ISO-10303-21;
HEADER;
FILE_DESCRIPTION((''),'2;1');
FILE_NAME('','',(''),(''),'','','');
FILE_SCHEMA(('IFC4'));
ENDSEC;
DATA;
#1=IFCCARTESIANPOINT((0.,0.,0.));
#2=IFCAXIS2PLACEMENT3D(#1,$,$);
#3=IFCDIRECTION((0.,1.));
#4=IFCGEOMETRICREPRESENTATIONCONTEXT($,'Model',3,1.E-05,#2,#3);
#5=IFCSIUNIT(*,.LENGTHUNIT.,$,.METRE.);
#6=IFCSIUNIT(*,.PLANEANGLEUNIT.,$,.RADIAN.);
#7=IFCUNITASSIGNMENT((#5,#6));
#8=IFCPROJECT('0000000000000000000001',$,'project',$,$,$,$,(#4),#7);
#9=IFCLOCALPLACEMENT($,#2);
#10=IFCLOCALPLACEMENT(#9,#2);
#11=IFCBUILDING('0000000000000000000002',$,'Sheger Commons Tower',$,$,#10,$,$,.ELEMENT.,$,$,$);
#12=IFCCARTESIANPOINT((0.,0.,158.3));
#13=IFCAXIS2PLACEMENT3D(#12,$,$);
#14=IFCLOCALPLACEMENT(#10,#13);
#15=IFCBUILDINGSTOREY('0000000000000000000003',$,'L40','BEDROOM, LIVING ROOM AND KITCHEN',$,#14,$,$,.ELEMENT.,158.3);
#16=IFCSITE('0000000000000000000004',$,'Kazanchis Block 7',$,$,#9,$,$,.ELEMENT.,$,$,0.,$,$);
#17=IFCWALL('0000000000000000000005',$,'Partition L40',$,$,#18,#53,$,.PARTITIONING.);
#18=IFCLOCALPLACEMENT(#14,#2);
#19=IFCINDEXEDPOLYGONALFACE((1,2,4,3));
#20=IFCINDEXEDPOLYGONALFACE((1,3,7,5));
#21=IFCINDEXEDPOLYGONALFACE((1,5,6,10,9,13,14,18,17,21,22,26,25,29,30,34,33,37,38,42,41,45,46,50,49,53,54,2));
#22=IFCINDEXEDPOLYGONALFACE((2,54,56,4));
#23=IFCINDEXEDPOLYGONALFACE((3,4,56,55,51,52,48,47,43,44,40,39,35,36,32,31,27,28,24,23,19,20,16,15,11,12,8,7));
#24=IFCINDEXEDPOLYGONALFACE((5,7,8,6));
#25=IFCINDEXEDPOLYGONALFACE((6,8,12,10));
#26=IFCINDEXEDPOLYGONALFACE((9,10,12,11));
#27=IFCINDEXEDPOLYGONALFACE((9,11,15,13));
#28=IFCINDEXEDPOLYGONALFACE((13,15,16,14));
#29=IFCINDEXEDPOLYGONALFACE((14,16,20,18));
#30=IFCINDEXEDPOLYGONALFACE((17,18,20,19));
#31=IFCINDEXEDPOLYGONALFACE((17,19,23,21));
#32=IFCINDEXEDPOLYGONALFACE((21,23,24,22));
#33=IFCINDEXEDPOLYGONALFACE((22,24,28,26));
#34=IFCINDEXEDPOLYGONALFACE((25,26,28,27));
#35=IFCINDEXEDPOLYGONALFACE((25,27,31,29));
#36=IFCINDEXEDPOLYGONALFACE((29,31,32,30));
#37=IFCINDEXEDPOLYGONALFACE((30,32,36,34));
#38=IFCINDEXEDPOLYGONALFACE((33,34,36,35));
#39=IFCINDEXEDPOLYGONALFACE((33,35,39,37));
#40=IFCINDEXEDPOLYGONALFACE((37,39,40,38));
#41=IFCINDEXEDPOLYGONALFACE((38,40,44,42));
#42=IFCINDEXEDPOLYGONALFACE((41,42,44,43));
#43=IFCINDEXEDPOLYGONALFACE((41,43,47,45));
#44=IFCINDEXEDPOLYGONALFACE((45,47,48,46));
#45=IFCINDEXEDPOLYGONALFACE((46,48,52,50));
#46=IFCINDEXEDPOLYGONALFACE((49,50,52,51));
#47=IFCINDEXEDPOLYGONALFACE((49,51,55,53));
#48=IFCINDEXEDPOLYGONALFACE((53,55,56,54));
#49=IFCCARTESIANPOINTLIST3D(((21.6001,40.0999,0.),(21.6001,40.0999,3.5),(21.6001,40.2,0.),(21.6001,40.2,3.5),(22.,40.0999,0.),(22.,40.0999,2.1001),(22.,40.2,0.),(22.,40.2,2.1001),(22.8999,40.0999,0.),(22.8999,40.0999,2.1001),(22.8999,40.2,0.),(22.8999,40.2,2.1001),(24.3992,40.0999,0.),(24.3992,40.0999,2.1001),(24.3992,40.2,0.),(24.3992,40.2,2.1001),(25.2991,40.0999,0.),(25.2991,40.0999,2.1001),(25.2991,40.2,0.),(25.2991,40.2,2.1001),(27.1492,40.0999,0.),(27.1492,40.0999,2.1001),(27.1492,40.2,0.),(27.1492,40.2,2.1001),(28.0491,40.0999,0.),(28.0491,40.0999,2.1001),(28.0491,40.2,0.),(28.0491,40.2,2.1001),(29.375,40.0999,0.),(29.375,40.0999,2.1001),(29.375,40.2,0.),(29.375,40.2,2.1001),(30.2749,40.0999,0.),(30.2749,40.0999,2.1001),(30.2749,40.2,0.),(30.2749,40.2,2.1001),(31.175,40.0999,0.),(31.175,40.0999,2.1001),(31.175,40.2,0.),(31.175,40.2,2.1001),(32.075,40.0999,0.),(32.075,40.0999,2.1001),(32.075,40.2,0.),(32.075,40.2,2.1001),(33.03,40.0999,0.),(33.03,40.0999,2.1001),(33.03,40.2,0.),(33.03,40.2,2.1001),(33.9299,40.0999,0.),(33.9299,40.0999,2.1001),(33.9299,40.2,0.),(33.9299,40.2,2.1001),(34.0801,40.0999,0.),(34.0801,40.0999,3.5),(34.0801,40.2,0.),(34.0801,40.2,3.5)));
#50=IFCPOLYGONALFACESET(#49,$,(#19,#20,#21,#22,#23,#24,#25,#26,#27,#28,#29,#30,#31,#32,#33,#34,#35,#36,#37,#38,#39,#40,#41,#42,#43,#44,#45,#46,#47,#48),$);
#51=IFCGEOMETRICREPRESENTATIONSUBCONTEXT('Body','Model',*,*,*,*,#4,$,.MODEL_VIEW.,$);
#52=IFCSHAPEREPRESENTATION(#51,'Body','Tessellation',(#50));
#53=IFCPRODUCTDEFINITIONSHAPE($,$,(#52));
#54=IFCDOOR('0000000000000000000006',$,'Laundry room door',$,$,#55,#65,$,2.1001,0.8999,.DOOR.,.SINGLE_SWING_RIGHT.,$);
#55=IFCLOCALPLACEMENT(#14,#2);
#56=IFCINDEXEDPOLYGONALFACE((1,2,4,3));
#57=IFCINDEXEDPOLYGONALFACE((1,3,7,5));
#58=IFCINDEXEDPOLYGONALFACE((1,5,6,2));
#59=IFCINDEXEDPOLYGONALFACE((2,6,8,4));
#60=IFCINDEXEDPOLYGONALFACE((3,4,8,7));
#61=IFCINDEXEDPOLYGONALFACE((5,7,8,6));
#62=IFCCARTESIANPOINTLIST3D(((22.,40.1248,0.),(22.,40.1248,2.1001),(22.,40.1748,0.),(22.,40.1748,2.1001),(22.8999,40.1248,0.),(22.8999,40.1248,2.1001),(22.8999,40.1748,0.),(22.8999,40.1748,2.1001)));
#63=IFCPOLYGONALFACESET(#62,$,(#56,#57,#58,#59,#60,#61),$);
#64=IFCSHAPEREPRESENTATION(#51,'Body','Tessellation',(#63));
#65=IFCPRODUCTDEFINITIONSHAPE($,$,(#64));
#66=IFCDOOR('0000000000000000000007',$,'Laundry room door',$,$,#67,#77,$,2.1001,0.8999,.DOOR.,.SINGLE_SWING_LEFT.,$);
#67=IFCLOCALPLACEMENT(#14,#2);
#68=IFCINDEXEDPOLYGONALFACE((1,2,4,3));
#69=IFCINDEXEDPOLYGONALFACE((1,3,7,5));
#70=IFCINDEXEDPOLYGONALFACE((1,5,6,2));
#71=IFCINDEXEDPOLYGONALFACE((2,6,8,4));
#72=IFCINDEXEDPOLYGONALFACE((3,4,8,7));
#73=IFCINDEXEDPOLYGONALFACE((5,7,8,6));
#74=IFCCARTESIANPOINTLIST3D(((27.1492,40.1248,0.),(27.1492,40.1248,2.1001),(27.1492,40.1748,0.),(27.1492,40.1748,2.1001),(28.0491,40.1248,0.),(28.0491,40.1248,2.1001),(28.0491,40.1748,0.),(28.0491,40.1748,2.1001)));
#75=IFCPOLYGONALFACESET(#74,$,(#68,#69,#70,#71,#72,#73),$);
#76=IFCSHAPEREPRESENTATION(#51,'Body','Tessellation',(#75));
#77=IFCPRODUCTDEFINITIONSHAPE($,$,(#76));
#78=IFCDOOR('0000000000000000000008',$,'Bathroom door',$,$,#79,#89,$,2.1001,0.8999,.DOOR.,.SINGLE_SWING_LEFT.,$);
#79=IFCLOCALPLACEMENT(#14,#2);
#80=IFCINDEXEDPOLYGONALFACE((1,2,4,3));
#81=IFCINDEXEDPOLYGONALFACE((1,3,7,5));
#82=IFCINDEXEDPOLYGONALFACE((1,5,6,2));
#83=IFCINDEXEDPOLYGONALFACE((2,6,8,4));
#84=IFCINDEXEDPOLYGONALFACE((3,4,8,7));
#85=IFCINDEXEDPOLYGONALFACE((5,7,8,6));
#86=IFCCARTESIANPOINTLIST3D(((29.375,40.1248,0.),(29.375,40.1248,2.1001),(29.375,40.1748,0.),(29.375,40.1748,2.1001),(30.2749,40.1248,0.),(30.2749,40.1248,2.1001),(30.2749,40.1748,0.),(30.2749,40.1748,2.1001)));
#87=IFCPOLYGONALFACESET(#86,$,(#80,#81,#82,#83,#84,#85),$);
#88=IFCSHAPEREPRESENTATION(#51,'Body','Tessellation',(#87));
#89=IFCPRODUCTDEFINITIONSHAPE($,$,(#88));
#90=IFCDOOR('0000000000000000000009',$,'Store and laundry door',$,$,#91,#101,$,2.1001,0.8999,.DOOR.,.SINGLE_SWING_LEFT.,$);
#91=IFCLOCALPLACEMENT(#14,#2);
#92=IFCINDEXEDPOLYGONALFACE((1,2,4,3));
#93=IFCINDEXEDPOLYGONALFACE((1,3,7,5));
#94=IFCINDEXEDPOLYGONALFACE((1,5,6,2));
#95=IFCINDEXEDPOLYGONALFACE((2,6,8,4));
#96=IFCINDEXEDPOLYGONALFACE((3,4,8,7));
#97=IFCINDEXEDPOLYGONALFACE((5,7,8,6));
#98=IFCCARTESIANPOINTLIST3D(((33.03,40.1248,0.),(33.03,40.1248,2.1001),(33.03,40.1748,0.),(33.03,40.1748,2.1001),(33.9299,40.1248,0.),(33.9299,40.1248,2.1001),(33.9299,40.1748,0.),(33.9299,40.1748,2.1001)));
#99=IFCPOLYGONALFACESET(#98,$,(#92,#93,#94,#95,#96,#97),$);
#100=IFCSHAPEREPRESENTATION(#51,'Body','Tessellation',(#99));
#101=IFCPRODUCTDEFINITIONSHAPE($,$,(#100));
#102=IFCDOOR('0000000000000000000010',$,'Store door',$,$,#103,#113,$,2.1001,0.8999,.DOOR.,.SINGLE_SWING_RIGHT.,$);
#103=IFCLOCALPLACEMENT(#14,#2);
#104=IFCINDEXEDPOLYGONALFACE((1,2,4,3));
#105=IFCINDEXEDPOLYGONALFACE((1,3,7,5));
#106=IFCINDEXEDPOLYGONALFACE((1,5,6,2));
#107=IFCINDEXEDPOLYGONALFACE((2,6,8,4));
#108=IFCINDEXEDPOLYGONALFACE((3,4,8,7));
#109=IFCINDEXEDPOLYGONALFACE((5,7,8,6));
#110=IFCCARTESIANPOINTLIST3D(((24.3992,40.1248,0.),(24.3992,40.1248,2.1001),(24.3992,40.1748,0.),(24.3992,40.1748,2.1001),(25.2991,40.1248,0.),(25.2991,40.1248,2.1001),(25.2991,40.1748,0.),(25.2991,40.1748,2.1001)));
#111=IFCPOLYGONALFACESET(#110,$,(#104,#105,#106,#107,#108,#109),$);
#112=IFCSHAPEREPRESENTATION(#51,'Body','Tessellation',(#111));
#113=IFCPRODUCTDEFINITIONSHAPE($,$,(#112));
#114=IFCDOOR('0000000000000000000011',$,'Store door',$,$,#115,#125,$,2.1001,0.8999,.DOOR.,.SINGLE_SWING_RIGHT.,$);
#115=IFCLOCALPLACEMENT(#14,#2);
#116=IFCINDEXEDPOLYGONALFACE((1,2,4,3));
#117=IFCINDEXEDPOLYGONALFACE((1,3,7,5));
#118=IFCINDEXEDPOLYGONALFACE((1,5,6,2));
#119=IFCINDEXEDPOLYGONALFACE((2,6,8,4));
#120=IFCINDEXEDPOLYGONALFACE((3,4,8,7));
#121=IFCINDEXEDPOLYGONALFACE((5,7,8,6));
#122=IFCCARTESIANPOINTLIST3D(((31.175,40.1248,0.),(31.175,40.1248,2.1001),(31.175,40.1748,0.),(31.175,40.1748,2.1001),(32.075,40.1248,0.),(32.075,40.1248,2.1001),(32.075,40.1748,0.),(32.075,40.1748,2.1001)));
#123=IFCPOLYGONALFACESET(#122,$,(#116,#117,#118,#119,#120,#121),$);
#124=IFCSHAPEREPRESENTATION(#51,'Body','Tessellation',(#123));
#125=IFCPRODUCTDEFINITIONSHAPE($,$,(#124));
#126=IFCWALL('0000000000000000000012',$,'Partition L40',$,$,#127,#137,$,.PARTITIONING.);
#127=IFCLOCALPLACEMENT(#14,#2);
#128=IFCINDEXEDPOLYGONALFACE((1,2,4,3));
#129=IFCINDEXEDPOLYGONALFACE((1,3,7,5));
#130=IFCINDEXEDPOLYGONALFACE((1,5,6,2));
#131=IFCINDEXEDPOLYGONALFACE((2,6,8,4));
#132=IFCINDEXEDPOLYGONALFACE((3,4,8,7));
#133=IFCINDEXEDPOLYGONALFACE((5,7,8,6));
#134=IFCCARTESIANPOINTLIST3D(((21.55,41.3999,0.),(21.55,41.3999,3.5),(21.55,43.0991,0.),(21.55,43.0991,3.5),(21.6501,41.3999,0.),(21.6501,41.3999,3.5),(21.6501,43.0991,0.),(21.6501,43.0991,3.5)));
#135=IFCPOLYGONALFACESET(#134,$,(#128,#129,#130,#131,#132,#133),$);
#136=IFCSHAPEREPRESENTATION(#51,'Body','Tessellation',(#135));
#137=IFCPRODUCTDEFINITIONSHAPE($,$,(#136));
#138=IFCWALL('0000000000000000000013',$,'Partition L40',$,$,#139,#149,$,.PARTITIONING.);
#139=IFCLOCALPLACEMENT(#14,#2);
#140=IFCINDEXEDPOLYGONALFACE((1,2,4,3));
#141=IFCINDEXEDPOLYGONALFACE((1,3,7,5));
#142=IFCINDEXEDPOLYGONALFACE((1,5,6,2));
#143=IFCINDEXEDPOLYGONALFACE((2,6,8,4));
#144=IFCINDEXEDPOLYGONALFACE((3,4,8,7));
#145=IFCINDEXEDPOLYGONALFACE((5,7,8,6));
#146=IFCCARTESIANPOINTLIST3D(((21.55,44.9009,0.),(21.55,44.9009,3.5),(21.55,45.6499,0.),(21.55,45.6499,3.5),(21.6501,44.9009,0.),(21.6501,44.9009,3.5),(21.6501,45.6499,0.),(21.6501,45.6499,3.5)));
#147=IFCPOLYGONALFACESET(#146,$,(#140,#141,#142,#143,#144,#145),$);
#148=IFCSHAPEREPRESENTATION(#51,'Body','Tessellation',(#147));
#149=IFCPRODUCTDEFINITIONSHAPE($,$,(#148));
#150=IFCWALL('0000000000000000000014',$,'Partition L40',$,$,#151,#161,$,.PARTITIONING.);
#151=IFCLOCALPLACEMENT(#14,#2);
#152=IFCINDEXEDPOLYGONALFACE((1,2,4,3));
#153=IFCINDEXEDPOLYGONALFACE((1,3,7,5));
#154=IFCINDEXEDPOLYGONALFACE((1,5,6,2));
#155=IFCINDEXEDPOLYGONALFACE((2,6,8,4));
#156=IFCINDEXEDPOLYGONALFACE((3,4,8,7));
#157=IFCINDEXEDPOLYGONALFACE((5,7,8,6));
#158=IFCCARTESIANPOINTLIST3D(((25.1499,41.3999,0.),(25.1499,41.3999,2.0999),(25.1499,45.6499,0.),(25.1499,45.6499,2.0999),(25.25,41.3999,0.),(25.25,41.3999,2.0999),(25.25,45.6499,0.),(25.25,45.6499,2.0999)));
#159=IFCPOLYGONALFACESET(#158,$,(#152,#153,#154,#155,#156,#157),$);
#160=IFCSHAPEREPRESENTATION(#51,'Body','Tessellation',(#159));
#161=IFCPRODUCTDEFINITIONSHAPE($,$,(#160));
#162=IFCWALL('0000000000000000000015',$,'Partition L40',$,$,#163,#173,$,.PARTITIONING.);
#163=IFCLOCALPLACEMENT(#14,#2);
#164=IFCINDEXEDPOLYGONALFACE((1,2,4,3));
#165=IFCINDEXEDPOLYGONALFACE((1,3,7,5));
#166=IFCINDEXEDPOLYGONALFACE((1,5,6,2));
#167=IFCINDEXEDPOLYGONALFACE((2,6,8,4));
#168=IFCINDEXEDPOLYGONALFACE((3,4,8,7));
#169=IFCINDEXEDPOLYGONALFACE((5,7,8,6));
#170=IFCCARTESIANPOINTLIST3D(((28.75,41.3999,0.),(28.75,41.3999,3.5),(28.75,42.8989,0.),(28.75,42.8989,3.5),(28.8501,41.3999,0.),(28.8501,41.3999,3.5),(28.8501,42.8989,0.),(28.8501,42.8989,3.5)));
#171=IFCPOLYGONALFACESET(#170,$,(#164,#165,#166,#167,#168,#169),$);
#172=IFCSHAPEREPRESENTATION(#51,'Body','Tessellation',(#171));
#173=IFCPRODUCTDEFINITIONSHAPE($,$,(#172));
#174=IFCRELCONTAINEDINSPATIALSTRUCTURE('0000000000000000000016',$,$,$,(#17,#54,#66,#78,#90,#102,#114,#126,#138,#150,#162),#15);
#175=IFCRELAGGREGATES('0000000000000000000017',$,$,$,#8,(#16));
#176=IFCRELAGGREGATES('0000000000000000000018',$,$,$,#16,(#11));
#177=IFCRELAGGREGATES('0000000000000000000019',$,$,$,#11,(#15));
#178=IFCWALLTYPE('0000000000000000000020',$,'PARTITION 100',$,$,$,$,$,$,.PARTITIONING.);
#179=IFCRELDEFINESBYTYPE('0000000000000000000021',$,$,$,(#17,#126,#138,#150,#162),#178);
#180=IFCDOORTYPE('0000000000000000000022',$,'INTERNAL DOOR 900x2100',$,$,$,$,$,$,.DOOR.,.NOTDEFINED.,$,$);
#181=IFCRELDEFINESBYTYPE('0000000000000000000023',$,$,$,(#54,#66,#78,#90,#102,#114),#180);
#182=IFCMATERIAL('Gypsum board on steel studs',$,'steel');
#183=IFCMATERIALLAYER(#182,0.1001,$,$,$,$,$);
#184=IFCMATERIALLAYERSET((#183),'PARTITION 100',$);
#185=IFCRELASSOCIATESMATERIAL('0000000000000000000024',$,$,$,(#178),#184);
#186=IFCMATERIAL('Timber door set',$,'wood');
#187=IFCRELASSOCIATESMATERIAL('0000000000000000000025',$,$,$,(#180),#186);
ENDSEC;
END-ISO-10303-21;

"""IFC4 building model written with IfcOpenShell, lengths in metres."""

from ifc_helpers import new_model, si_unit, direction, frame, frame_2d, origin, place, context, subcontext, project, spatial, rectangle, extrude, material, layer, layer_set, type_object, element, fill, save


model = new_model("IFC4")

# Units and contexts
model_context = context("Model", 3, precision=1e-05, world=origin(), true_north=direction((0.0, 1.0)))
body_context = subcontext(model_context, "Body", "Model", "MODEL_VIEW")
ifc_project = project(units=[si_unit("LENGTHUNIT", "METRE"), si_unit("PLANEANGLEUNIT", "RADIAN")], contexts=[model_context])

# Site, building, storey
site_placement = place(None, origin())
site = spatial("IfcSite", under=ifc_project, at=site_placement, Name="Kazanchis Block 7", CompositionType="ELEMENT", RefElevation=0.0)
building_placement = place(site_placement, origin())
building = spatial("IfcBuilding", under=site, at=building_placement, Name="Sheger Commons Tower", CompositionType="ELEMENT")
storey_placement = place(building_placement, frame((0.0, 0.0, 158.3)))
storey = spatial("IfcBuildingStorey", under=building, at=storey_placement, Name="L40", Description="BEDROOM, LIVING ROOM AND KITCHEN", CompositionType="ELEMENT", Elevation=158.3)

# Wall, openings, doors
ifc_material_1 = material(Name="Gypsum board on steel studs", Category="steel")
ifc_layer_1 = layer(ifc_material_1, 0.1001)
ifc_layer_set_1 = layer_set([ifc_layer_1], Name="PARTITION 100")
wall_type = type_object("IfcWallType", Name="PARTITION 100", PredefinedType="PARTITIONING", material=ifc_layer_set_1)
ifc_material_2 = material(Name="Timber door set", Category="wood")
door_type = type_object("IfcDoorType", Name="INTERNAL DOOR 900x2100", OperationType="NOTDEFINED", PredefinedType="DOOR", material=ifc_material_2)
wall_1_placement = place(storey_placement, frame((21.6001, 40.1499, 0.0), z_axis=(0.0, 0.0, 1.0), x_axis=(1.0, 0.0, 0.0)))
wall_1 = element("IfcWall", 1, at=wall_1_placement, inside=storey, type_object=wall_type, Name="Partition L40", PredefinedType="PARTITIONING", context=body_context, shape_type="SweptSolid", body=[
    extrude(rectangle(XDim=12.48, YDim=0.1001, at=frame_2d((6.24, 0.0))), origin(), (0.0, 0.0, 1.0), 3.5),
])
opening_1_placement = place(wall_1_placement, frame((0.3999, 0.0, 0.0)))
opening_1 = element("IfcOpeningElement", 2, at=opening_1_placement, cuts=wall_1, PredefinedType="OPENING", context=body_context, shape_type="SweptSolid", body=[
    extrude(rectangle(XDim=0.8999, YDim=2.1001, at=frame_2d((0.45, 1.05))), frame((0.0, 0.0601, 0.0), z_axis=(0.0, -1.0, 0.0), x_axis=(1.0, 0.0, 0.0)), (0.0, 0.0, 1.0), 0.1201),
])
opening_2_placement = place(wall_1_placement, frame((5.5491, 0.0, 0.0)))
opening_2 = element("IfcOpeningElement", 3, at=opening_2_placement, cuts=wall_1, PredefinedType="OPENING", context=body_context, shape_type="SweptSolid", body=[
    extrude(rectangle(XDim=0.8999, YDim=2.1001, at=frame_2d((0.45, 1.05))), frame((0.0, 0.0601, 0.0), z_axis=(0.0, -1.0, 0.0), x_axis=(1.0, 0.0, 0.0)), (0.0, 0.0, 1.0), 0.1201),
])
opening_3_placement = place(wall_1_placement, frame((7.7749, 0.0, 0.0)))
opening_3 = element("IfcOpeningElement", 4, at=opening_3_placement, cuts=wall_1, PredefinedType="OPENING", context=body_context, shape_type="SweptSolid", body=[
    extrude(rectangle(XDim=0.8999, YDim=2.1001, at=frame_2d((0.45, 1.05))), frame((0.0, 0.0601, 0.0), z_axis=(0.0, -1.0, 0.0), x_axis=(1.0, 0.0, 0.0)), (0.0, 0.0, 1.0), 0.1201),
])
opening_4_placement = place(wall_1_placement, frame((11.4299, 0.0, 0.0)))
opening_4 = element("IfcOpeningElement", 5, at=opening_4_placement, cuts=wall_1, PredefinedType="OPENING", context=body_context, shape_type="SweptSolid", body=[
    extrude(rectangle(XDim=0.8999, YDim=2.1001, at=frame_2d((0.45, 1.05))), frame((0.0, 0.0601, 0.0), z_axis=(0.0, -1.0, 0.0), x_axis=(1.0, 0.0, 0.0)), (0.0, 0.0, 1.0), 0.1201),
])
opening_5_placement = place(wall_1_placement, frame((2.7991, 0.0, 0.0)))
opening_5 = element("IfcOpeningElement", 6, at=opening_5_placement, cuts=wall_1, PredefinedType="OPENING", context=body_context, shape_type="SweptSolid", body=[
    extrude(rectangle(XDim=0.8999, YDim=2.1001, at=frame_2d((0.45, 1.05))), frame((0.0, 0.0601, 0.0), z_axis=(0.0, -1.0, 0.0), x_axis=(1.0, 0.0, 0.0)), (0.0, 0.0, 1.0), 0.1201),
])
opening_6_placement = place(wall_1_placement, frame((9.575, 0.0, 0.0)))
opening_6 = element("IfcOpeningElement", 7, at=opening_6_placement, cuts=wall_1, PredefinedType="OPENING", context=body_context, shape_type="SweptSolid", body=[
    extrude(rectangle(XDim=0.8999, YDim=2.1001, at=frame_2d((0.45, 1.05))), frame((0.0, 0.0601, 0.0), z_axis=(0.0, -1.0, 0.0), x_axis=(1.0, 0.0, 0.0)), (0.0, 0.0, 1.0), 0.1201),
])
door_1_placement = place(opening_1_placement, origin())
door_1 = element("IfcDoor", 8, at=door_1_placement, inside=storey, type_object=door_type, Name="Laundry room door", OperationType="SINGLE_SWING_RIGHT", OverallHeight=2.1001, OverallWidth=0.8999, PredefinedType="DOOR", context=body_context, shape_type="SweptSolid", body=[
    extrude(rectangle(XDim=0.8999, YDim=2.1001, at=frame_2d((0.45, 1.05))), frame((0.0, 0.0249, 0.0), z_axis=(0.0, -1.0, 0.0), x_axis=(1.0, 0.0, 0.0)), (0.0, 0.0, 1.0), 0.05),
])
fill(opening_1, door_1)
door_2_placement = place(opening_2_placement, origin())
door_2 = element("IfcDoor", 9, at=door_2_placement, inside=storey, type_object=door_type, Name="Laundry room door", OperationType="SINGLE_SWING_LEFT", OverallHeight=2.1001, OverallWidth=0.8999, PredefinedType="DOOR", context=body_context, shape_type="SweptSolid", body=[
    extrude(rectangle(XDim=0.8999, YDim=2.1001, at=frame_2d((0.45, 1.05))), frame((0.0, 0.0249, 0.0), z_axis=(0.0, -1.0, 0.0), x_axis=(1.0, 0.0, 0.0)), (0.0, 0.0, 1.0), 0.05),
])
fill(opening_2, door_2)
door_3_placement = place(opening_3_placement, origin())
door_3 = element("IfcDoor", 10, at=door_3_placement, inside=storey, type_object=door_type, Name="Bathroom door", OperationType="SINGLE_SWING_LEFT", OverallHeight=2.1001, OverallWidth=0.8999, PredefinedType="DOOR", context=body_context, shape_type="SweptSolid", body=[
    extrude(rectangle(XDim=0.8999, YDim=2.1001, at=frame_2d((0.45, 1.05))), frame((0.0, 0.0249, 0.0), z_axis=(0.0, -1.0, 0.0), x_axis=(1.0, 0.0, 0.0)), (0.0, 0.0, 1.0), 0.05),
])
fill(opening_3, door_3)
door_4_placement = place(opening_4_placement, origin())
door_4 = element("IfcDoor", 11, at=door_4_placement, inside=storey, type_object=door_type, Name="Store and laundry door", OperationType="SINGLE_SWING_LEFT", OverallHeight=2.1001, OverallWidth=0.8999, PredefinedType="DOOR", context=body_context, shape_type="SweptSolid", body=[
    extrude(rectangle(XDim=0.8999, YDim=2.1001, at=frame_2d((0.45, 1.05))), frame((0.0, 0.0249, 0.0), z_axis=(0.0, -1.0, 0.0), x_axis=(1.0, 0.0, 0.0)), (0.0, 0.0, 1.0), 0.05),
])
fill(opening_4, door_4)
door_5_placement = place(opening_5_placement, origin())
door_5 = element("IfcDoor", 12, at=door_5_placement, inside=storey, type_object=door_type, Name="Store door", OperationType="SINGLE_SWING_RIGHT", OverallHeight=2.1001, OverallWidth=0.8999, PredefinedType="DOOR", context=body_context, shape_type="SweptSolid", body=[
    extrude(rectangle(XDim=0.8999, YDim=2.1001, at=frame_2d((0.45, 1.05))), frame((0.0, 0.0249, 0.0), z_axis=(0.0, -1.0, 0.0), x_axis=(1.0, 0.0, 0.0)), (0.0, 0.0, 1.0), 0.05),
])
fill(opening_5, door_5)
door_6_placement = place(opening_6_placement, origin())
door_6 = element("IfcDoor", 13, at=door_6_placement, inside=storey, type_object=door_type, Name="Store door", OperationType="SINGLE_SWING_RIGHT", OverallHeight=2.1001, OverallWidth=0.8999, PredefinedType="DOOR", context=body_context, shape_type="SweptSolid", body=[
    extrude(rectangle(XDim=0.8999, YDim=2.1001, at=frame_2d((0.45, 1.05))), frame((0.0, 0.0249, 0.0), z_axis=(0.0, -1.0, 0.0), x_axis=(1.0, 0.0, 0.0)), (0.0, 0.0, 1.0), 0.05),
])
fill(opening_6, door_6)

# Walls
wall_2_placement = place(storey_placement, frame((21.6001, 41.3999, 0.0), z_axis=(0.0, 0.0, 1.0), x_axis=(0.0, 1.0, 0.0)))
element("IfcWall", 14, at=wall_2_placement, inside=storey, type_object=wall_type, Name="Partition L40", PredefinedType="PARTITIONING", context=body_context, shape_type="SweptSolid", body=[
    extrude(rectangle(XDim=1.6992, YDim=0.1001, at=frame_2d((0.8496, 0.0))), origin(), (0.0, 0.0, 1.0), 3.5),
])
wall_3_placement = place(storey_placement, frame((21.6001, 44.9009, 0.0), z_axis=(0.0, 0.0, 1.0), x_axis=(0.0, 1.0, 0.0)))
element("IfcWall", 15, at=wall_3_placement, inside=storey, type_object=wall_type, Name="Partition L40", PredefinedType="PARTITIONING", context=body_context, shape_type="SweptSolid", body=[
    extrude(rectangle(XDim=0.749, YDim=0.1001, at=frame_2d((0.3745, 0.0))), origin(), (0.0, 0.0, 1.0), 3.5),
])
wall_4_placement = place(storey_placement, frame((25.2, 41.3999, 0.0), z_axis=(0.0, 0.0, 1.0), x_axis=(0.0, 1.0, 0.0)))
element("IfcWall", 16, at=wall_4_placement, inside=storey, type_object=wall_type, Name="Partition L40", PredefinedType="PARTITIONING", context=body_context, shape_type="SweptSolid", body=[
    extrude(rectangle(XDim=4.25, YDim=0.1001, at=frame_2d((2.125, 0.0))), origin(), (0.0, 0.0, 1.0), 2.0999),
])
wall_5_placement = place(storey_placement, frame((28.8, 41.3999, 0.0), z_axis=(0.0, 0.0, 1.0), x_axis=(0.0, 1.0, 0.0)))
element("IfcWall", 17, at=wall_5_placement, inside=storey, type_object=wall_type, Name="Partition L40", PredefinedType="PARTITIONING", context=body_context, shape_type="SweptSolid", body=[
    extrude(rectangle(XDim=1.499, YDim=0.1001, at=frame_2d((0.7495, 0.0))), origin(), (0.0, 0.0, 1.0), 3.5),
])

save(model, "model.ifc")
